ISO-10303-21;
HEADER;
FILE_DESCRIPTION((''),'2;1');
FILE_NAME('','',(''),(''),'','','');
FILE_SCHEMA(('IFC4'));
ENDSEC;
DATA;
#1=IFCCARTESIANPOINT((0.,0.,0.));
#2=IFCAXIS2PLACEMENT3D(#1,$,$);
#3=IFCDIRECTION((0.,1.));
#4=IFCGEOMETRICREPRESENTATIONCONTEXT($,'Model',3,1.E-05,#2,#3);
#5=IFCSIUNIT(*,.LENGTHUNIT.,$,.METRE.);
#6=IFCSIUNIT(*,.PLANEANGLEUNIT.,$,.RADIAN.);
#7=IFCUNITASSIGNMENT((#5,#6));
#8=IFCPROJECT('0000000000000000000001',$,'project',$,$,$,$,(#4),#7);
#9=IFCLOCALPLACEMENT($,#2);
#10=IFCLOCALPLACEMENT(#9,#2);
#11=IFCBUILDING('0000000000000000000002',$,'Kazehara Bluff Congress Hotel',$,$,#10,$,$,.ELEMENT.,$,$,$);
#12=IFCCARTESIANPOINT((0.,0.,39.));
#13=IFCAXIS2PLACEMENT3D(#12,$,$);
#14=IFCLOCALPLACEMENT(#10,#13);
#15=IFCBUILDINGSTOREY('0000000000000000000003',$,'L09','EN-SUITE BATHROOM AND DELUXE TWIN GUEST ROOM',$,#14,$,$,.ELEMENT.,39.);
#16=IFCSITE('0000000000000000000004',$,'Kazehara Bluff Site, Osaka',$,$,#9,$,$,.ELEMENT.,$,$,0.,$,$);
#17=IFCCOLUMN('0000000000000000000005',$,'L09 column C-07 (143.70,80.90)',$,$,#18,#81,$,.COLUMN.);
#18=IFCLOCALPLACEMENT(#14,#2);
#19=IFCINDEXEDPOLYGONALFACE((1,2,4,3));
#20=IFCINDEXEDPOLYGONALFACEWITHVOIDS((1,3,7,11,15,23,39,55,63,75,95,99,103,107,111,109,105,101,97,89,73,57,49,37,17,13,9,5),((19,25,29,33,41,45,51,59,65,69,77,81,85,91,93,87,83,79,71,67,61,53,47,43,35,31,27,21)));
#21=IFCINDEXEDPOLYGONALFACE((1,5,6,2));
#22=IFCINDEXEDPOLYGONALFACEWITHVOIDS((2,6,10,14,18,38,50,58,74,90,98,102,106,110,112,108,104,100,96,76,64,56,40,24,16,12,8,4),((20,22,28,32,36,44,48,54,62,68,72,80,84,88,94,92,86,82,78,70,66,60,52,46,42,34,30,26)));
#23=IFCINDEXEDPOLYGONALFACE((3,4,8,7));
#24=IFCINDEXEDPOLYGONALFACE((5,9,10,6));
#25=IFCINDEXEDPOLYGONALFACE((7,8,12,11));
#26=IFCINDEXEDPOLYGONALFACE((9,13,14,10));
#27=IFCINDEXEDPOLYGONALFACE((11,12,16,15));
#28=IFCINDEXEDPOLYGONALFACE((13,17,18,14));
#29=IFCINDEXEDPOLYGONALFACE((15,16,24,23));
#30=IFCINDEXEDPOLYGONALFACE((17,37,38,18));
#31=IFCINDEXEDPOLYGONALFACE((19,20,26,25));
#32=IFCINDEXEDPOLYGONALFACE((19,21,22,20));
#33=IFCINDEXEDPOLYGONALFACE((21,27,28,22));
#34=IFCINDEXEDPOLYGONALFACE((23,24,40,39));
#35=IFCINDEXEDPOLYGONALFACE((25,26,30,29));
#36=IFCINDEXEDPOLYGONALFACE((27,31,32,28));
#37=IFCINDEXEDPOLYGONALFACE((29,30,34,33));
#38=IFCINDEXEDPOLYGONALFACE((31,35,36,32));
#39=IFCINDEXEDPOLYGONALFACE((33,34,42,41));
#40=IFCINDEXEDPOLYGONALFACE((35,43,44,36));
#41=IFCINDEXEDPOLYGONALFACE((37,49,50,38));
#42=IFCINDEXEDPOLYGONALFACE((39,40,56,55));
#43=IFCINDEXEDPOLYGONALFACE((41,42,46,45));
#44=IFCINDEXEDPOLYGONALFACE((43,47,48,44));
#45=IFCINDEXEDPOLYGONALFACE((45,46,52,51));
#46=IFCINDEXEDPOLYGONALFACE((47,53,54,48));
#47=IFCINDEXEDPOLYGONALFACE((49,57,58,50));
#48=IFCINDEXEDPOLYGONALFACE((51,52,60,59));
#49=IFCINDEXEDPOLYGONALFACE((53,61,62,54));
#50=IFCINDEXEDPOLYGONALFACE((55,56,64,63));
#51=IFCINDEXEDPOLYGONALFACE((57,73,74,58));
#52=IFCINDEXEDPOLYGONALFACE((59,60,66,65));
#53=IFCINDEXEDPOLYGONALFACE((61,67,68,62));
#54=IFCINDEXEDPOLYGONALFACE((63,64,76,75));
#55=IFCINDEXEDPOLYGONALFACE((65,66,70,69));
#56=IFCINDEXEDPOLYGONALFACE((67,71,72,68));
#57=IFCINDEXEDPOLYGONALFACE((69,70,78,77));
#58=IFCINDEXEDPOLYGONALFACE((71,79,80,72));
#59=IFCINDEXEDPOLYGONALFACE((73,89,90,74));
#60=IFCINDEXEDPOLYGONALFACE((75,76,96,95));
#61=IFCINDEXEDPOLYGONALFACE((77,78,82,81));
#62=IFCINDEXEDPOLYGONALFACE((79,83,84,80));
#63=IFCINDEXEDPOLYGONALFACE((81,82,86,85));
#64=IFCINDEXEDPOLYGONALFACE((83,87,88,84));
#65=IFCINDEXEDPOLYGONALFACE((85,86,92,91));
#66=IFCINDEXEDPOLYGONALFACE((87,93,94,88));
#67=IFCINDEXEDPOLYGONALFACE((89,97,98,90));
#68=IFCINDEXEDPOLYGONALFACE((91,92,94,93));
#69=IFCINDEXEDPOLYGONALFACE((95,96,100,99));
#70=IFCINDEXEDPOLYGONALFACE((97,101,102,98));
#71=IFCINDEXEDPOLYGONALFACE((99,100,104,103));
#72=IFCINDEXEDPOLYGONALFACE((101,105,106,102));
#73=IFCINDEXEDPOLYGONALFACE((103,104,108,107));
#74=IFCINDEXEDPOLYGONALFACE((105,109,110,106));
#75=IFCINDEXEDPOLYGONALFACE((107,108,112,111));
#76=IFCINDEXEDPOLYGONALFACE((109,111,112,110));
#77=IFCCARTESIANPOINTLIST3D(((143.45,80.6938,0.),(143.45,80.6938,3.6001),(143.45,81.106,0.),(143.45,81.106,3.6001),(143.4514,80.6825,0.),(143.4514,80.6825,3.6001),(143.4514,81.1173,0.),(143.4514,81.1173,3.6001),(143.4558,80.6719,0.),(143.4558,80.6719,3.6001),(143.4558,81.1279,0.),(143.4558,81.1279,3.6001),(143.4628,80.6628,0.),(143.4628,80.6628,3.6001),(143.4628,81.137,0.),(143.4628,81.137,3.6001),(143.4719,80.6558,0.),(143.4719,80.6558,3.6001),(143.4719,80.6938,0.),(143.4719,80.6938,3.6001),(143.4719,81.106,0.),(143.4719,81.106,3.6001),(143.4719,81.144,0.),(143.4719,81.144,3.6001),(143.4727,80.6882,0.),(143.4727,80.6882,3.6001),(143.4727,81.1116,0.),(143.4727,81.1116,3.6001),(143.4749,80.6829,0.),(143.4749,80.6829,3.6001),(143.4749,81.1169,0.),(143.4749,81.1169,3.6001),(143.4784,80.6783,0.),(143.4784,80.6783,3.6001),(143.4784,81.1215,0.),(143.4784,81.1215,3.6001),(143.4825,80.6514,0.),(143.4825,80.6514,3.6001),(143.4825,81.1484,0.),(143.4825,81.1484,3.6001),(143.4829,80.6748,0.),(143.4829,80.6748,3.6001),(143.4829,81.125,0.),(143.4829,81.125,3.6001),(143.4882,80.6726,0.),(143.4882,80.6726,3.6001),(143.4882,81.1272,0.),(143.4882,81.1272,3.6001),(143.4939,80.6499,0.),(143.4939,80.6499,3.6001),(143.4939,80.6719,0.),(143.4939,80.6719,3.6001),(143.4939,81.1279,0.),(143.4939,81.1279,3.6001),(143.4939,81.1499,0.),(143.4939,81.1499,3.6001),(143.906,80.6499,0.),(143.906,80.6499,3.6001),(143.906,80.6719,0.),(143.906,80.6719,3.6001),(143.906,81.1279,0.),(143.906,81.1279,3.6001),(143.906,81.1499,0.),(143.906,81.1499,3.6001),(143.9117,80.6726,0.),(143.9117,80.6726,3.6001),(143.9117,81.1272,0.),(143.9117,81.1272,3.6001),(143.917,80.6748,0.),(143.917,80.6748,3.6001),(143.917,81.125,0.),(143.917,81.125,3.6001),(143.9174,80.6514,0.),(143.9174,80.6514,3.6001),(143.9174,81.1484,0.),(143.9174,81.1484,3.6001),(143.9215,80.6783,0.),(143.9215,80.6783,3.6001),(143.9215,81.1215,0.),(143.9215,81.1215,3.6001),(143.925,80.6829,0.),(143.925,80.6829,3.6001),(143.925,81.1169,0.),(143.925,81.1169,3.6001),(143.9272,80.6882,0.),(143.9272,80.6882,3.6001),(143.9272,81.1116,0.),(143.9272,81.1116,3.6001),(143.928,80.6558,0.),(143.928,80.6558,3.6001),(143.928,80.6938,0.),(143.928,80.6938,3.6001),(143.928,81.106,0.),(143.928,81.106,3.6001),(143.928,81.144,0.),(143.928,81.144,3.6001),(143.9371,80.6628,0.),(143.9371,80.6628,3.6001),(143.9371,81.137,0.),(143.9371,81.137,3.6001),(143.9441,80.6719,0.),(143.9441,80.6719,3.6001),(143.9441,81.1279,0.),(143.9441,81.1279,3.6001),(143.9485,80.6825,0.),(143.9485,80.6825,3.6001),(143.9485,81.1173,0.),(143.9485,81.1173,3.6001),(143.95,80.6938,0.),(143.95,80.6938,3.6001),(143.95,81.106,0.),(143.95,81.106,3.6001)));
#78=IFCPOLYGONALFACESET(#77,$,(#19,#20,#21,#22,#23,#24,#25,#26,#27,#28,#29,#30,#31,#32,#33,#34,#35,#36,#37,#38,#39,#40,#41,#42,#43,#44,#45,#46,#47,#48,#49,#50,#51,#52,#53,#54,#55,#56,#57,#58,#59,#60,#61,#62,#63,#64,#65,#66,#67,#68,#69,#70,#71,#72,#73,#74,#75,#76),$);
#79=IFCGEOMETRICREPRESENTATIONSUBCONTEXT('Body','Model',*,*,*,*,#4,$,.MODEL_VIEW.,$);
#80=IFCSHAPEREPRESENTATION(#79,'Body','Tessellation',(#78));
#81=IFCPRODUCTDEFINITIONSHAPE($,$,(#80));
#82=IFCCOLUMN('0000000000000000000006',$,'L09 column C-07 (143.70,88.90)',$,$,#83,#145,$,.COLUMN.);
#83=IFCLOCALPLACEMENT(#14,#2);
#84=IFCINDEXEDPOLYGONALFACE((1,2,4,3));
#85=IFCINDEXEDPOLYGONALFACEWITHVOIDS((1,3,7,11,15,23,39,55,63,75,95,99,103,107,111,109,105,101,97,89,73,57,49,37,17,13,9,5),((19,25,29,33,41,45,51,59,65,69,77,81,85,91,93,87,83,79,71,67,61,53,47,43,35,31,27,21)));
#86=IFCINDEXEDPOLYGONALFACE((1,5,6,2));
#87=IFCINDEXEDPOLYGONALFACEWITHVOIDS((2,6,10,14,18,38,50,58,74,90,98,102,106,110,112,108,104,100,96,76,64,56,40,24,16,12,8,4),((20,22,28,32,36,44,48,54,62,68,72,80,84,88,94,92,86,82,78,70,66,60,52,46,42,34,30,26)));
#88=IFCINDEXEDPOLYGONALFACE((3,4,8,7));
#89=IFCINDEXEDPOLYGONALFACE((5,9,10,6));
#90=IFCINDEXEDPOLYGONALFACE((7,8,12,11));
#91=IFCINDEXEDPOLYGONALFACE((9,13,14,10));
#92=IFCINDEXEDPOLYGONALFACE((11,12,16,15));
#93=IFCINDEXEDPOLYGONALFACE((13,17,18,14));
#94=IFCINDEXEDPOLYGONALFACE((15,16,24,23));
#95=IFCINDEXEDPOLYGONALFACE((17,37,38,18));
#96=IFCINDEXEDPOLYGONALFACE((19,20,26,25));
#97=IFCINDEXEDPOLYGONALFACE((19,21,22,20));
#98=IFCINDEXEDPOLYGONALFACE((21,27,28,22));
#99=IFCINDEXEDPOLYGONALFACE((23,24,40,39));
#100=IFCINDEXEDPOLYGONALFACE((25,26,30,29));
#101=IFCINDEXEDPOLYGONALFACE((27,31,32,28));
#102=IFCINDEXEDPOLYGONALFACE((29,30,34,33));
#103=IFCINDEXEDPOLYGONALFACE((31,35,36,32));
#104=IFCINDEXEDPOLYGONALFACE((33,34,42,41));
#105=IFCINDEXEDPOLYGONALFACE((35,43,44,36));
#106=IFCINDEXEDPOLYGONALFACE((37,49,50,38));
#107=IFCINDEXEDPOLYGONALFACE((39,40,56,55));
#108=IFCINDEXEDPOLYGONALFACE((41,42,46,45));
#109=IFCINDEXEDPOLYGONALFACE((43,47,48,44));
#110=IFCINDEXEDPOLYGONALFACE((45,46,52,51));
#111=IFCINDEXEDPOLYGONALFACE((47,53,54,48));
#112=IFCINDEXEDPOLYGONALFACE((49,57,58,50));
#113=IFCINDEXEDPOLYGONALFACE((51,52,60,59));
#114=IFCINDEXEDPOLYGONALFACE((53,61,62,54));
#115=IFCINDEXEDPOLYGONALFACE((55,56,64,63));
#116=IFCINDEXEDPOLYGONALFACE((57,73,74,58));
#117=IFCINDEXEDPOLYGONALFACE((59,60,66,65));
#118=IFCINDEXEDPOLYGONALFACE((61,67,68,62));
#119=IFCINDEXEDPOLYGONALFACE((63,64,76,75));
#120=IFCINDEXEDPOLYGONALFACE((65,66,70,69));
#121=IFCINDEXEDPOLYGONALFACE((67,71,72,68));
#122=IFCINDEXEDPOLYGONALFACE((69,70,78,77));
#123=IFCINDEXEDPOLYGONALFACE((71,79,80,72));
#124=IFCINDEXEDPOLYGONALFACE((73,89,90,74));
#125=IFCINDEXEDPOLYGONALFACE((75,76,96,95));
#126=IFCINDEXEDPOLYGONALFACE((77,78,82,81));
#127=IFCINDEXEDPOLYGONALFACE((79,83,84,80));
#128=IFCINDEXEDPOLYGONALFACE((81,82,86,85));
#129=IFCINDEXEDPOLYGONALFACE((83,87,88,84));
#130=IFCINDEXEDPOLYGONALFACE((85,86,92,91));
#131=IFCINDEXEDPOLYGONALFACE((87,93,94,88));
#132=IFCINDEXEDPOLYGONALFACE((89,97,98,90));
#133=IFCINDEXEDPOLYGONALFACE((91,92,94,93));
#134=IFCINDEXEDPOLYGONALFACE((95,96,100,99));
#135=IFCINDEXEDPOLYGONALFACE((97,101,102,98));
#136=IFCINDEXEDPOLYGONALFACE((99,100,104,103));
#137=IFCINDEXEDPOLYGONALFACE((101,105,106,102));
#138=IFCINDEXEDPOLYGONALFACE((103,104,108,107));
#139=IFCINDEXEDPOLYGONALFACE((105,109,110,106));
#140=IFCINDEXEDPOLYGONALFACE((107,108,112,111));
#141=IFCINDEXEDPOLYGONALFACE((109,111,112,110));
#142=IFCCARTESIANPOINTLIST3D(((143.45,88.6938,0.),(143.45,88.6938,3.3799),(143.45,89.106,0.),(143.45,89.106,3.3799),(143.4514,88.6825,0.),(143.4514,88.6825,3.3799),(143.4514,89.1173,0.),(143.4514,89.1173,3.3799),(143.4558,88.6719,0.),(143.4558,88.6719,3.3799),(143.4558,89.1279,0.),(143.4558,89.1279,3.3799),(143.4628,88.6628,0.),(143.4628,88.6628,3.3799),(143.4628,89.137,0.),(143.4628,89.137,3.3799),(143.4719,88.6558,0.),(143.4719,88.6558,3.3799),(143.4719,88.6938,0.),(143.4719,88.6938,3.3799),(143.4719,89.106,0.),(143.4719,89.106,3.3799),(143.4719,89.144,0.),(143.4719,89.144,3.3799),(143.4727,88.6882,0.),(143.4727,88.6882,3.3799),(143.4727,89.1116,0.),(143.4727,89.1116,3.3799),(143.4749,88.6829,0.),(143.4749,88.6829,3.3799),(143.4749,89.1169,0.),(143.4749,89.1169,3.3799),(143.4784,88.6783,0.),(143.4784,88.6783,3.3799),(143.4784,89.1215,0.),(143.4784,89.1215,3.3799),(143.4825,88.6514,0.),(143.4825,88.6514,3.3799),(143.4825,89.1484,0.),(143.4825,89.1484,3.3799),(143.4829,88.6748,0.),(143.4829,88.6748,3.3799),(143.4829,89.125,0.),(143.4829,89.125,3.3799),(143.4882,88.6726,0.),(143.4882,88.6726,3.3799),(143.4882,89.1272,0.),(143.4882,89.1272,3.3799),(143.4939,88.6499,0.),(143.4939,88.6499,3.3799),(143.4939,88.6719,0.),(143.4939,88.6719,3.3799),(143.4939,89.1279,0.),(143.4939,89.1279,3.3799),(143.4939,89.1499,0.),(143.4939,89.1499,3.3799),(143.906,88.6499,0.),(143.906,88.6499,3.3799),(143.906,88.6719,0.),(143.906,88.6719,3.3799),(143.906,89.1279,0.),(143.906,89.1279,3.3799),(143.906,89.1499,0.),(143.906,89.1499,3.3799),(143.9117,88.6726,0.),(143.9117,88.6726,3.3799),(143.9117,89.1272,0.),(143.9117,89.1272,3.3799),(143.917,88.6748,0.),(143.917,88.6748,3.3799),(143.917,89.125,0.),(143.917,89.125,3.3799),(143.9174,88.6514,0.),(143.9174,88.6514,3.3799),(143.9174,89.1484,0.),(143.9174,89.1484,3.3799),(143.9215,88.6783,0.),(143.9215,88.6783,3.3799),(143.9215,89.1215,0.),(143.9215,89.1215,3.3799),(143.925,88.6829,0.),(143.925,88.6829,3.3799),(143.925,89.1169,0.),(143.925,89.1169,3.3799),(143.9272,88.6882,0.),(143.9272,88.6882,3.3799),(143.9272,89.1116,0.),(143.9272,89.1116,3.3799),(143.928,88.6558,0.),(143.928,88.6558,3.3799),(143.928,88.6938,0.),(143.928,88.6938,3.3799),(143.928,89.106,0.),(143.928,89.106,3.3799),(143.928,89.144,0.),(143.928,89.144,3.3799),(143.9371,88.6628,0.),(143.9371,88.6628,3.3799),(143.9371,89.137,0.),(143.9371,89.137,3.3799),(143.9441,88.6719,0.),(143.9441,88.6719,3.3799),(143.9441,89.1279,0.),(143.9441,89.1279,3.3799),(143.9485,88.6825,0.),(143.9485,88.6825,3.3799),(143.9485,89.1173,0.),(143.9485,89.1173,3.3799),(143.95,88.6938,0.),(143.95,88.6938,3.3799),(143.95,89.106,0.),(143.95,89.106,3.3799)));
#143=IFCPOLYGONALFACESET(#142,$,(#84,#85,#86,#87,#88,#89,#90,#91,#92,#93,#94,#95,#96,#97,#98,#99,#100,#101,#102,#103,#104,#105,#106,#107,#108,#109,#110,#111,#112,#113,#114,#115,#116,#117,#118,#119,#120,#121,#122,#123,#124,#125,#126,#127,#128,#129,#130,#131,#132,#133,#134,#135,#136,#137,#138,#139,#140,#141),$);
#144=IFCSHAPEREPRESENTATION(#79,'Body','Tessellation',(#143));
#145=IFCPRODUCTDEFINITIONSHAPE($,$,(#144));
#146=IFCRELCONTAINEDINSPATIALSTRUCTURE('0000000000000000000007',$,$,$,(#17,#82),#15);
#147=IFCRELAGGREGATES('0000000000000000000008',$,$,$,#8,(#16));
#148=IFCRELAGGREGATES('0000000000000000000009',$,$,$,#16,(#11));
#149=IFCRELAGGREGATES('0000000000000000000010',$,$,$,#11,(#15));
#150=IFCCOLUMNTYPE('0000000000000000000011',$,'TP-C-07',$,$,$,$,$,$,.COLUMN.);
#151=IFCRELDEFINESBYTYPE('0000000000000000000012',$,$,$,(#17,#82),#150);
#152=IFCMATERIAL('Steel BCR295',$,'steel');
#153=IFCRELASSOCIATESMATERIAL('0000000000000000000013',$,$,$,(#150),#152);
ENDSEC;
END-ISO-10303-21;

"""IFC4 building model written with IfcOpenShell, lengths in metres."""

from ifc_helpers import new_model, si_unit, direction, frame, origin, origin_2d, place, context, subcontext, project, spatial, hollow_rectangle, extrude, material, material_profile, profile_set, type_object, element, save


model = new_model("IFC4")

# Units and contexts
model_context = context("Model", 3, precision=1e-05, world=origin(), true_north=direction((0.0, 1.0)))
body_context = subcontext(model_context, "Body", "Model", "MODEL_VIEW")
ifc_project = project(units=[si_unit("LENGTHUNIT", "METRE"), si_unit("PLANEANGLEUNIT", "RADIAN")], contexts=[model_context])

# Site, building, storey
site_placement = place(None, origin())
site = spatial("IfcSite", under=ifc_project, at=site_placement, Name="Kazehara Bluff Site, Osaka", CompositionType="ELEMENT", RefElevation=0.0)
building_placement = place(site_placement, origin())
building = spatial("IfcBuilding", under=site, at=building_placement, Name="Kazehara Bluff Congress Hotel", CompositionType="ELEMENT")
storey_placement = place(building_placement, frame((0.0, 0.0, 39.0)))
storey = spatial("IfcBuildingStorey", under=building, at=storey_placement, Name="L09", Description="EN-SUITE BATHROOM AND DELUXE TWIN GUEST ROOM", CompositionType="ELEMENT", Elevation=39.0)

# Columns
ifc_material_1 = material(Name="Steel BCR295", Category="steel")
ifc_material_profile_1 = material_profile(ifc_material_1, hollow_rectangle(XDim=0.5, YDim=0.5, WallThickness=0.022, InnerFilletRadius=0.022, OuterFilletRadius=0.0439, at=origin_2d()))
ifc_profile_set_1 = profile_set([ifc_material_profile_1], Name="Steel BCR295")
column_type = type_object("IfcColumnType", Name="TP-C-07", PredefinedType="COLUMN", material=ifc_profile_set_1)
for number, where, z_axis, x_axis, name in (
    (1, (143.7, 80.8999, 0.0), (0.0, 0.0, 1.0), (1.0, 0.0, 0.0), "L09 column C-07 (143.70,80.90)"),
):
    element("IfcColumn", number, at=place(storey_placement, frame(where, z_axis=z_axis, x_axis=x_axis)), inside=storey, type_object=column_type, Name=name, PredefinedType="COLUMN", context=body_context, shape_type="SweptSolid", body=[
        extrude(hollow_rectangle(XDim=0.5, YDim=0.5, WallThickness=0.022, InnerFilletRadius=0.022, OuterFilletRadius=0.0439, at=origin_2d()), origin(), (0.0, 0.0, 1.0), 3.6001),
    ])
for number, where, z_axis, x_axis, name in (
    (2, (143.7, 88.8999, 0.0), (0.0, 0.0, 1.0), (1.0, 0.0, 0.0), "L09 column C-07 (143.70,88.90)"),
):
    element("IfcColumn", number, at=place(storey_placement, frame(where, z_axis=z_axis, x_axis=x_axis)), inside=storey, type_object=column_type, Name=name, PredefinedType="COLUMN", context=body_context, shape_type="SweptSolid", body=[
        extrude(hollow_rectangle(XDim=0.5, YDim=0.5, WallThickness=0.022, InnerFilletRadius=0.022, OuterFilletRadius=0.0439, at=origin_2d()), origin(), (0.0, 0.0, 1.0), 3.3799),
    ])

save(model, "model.ifc")
